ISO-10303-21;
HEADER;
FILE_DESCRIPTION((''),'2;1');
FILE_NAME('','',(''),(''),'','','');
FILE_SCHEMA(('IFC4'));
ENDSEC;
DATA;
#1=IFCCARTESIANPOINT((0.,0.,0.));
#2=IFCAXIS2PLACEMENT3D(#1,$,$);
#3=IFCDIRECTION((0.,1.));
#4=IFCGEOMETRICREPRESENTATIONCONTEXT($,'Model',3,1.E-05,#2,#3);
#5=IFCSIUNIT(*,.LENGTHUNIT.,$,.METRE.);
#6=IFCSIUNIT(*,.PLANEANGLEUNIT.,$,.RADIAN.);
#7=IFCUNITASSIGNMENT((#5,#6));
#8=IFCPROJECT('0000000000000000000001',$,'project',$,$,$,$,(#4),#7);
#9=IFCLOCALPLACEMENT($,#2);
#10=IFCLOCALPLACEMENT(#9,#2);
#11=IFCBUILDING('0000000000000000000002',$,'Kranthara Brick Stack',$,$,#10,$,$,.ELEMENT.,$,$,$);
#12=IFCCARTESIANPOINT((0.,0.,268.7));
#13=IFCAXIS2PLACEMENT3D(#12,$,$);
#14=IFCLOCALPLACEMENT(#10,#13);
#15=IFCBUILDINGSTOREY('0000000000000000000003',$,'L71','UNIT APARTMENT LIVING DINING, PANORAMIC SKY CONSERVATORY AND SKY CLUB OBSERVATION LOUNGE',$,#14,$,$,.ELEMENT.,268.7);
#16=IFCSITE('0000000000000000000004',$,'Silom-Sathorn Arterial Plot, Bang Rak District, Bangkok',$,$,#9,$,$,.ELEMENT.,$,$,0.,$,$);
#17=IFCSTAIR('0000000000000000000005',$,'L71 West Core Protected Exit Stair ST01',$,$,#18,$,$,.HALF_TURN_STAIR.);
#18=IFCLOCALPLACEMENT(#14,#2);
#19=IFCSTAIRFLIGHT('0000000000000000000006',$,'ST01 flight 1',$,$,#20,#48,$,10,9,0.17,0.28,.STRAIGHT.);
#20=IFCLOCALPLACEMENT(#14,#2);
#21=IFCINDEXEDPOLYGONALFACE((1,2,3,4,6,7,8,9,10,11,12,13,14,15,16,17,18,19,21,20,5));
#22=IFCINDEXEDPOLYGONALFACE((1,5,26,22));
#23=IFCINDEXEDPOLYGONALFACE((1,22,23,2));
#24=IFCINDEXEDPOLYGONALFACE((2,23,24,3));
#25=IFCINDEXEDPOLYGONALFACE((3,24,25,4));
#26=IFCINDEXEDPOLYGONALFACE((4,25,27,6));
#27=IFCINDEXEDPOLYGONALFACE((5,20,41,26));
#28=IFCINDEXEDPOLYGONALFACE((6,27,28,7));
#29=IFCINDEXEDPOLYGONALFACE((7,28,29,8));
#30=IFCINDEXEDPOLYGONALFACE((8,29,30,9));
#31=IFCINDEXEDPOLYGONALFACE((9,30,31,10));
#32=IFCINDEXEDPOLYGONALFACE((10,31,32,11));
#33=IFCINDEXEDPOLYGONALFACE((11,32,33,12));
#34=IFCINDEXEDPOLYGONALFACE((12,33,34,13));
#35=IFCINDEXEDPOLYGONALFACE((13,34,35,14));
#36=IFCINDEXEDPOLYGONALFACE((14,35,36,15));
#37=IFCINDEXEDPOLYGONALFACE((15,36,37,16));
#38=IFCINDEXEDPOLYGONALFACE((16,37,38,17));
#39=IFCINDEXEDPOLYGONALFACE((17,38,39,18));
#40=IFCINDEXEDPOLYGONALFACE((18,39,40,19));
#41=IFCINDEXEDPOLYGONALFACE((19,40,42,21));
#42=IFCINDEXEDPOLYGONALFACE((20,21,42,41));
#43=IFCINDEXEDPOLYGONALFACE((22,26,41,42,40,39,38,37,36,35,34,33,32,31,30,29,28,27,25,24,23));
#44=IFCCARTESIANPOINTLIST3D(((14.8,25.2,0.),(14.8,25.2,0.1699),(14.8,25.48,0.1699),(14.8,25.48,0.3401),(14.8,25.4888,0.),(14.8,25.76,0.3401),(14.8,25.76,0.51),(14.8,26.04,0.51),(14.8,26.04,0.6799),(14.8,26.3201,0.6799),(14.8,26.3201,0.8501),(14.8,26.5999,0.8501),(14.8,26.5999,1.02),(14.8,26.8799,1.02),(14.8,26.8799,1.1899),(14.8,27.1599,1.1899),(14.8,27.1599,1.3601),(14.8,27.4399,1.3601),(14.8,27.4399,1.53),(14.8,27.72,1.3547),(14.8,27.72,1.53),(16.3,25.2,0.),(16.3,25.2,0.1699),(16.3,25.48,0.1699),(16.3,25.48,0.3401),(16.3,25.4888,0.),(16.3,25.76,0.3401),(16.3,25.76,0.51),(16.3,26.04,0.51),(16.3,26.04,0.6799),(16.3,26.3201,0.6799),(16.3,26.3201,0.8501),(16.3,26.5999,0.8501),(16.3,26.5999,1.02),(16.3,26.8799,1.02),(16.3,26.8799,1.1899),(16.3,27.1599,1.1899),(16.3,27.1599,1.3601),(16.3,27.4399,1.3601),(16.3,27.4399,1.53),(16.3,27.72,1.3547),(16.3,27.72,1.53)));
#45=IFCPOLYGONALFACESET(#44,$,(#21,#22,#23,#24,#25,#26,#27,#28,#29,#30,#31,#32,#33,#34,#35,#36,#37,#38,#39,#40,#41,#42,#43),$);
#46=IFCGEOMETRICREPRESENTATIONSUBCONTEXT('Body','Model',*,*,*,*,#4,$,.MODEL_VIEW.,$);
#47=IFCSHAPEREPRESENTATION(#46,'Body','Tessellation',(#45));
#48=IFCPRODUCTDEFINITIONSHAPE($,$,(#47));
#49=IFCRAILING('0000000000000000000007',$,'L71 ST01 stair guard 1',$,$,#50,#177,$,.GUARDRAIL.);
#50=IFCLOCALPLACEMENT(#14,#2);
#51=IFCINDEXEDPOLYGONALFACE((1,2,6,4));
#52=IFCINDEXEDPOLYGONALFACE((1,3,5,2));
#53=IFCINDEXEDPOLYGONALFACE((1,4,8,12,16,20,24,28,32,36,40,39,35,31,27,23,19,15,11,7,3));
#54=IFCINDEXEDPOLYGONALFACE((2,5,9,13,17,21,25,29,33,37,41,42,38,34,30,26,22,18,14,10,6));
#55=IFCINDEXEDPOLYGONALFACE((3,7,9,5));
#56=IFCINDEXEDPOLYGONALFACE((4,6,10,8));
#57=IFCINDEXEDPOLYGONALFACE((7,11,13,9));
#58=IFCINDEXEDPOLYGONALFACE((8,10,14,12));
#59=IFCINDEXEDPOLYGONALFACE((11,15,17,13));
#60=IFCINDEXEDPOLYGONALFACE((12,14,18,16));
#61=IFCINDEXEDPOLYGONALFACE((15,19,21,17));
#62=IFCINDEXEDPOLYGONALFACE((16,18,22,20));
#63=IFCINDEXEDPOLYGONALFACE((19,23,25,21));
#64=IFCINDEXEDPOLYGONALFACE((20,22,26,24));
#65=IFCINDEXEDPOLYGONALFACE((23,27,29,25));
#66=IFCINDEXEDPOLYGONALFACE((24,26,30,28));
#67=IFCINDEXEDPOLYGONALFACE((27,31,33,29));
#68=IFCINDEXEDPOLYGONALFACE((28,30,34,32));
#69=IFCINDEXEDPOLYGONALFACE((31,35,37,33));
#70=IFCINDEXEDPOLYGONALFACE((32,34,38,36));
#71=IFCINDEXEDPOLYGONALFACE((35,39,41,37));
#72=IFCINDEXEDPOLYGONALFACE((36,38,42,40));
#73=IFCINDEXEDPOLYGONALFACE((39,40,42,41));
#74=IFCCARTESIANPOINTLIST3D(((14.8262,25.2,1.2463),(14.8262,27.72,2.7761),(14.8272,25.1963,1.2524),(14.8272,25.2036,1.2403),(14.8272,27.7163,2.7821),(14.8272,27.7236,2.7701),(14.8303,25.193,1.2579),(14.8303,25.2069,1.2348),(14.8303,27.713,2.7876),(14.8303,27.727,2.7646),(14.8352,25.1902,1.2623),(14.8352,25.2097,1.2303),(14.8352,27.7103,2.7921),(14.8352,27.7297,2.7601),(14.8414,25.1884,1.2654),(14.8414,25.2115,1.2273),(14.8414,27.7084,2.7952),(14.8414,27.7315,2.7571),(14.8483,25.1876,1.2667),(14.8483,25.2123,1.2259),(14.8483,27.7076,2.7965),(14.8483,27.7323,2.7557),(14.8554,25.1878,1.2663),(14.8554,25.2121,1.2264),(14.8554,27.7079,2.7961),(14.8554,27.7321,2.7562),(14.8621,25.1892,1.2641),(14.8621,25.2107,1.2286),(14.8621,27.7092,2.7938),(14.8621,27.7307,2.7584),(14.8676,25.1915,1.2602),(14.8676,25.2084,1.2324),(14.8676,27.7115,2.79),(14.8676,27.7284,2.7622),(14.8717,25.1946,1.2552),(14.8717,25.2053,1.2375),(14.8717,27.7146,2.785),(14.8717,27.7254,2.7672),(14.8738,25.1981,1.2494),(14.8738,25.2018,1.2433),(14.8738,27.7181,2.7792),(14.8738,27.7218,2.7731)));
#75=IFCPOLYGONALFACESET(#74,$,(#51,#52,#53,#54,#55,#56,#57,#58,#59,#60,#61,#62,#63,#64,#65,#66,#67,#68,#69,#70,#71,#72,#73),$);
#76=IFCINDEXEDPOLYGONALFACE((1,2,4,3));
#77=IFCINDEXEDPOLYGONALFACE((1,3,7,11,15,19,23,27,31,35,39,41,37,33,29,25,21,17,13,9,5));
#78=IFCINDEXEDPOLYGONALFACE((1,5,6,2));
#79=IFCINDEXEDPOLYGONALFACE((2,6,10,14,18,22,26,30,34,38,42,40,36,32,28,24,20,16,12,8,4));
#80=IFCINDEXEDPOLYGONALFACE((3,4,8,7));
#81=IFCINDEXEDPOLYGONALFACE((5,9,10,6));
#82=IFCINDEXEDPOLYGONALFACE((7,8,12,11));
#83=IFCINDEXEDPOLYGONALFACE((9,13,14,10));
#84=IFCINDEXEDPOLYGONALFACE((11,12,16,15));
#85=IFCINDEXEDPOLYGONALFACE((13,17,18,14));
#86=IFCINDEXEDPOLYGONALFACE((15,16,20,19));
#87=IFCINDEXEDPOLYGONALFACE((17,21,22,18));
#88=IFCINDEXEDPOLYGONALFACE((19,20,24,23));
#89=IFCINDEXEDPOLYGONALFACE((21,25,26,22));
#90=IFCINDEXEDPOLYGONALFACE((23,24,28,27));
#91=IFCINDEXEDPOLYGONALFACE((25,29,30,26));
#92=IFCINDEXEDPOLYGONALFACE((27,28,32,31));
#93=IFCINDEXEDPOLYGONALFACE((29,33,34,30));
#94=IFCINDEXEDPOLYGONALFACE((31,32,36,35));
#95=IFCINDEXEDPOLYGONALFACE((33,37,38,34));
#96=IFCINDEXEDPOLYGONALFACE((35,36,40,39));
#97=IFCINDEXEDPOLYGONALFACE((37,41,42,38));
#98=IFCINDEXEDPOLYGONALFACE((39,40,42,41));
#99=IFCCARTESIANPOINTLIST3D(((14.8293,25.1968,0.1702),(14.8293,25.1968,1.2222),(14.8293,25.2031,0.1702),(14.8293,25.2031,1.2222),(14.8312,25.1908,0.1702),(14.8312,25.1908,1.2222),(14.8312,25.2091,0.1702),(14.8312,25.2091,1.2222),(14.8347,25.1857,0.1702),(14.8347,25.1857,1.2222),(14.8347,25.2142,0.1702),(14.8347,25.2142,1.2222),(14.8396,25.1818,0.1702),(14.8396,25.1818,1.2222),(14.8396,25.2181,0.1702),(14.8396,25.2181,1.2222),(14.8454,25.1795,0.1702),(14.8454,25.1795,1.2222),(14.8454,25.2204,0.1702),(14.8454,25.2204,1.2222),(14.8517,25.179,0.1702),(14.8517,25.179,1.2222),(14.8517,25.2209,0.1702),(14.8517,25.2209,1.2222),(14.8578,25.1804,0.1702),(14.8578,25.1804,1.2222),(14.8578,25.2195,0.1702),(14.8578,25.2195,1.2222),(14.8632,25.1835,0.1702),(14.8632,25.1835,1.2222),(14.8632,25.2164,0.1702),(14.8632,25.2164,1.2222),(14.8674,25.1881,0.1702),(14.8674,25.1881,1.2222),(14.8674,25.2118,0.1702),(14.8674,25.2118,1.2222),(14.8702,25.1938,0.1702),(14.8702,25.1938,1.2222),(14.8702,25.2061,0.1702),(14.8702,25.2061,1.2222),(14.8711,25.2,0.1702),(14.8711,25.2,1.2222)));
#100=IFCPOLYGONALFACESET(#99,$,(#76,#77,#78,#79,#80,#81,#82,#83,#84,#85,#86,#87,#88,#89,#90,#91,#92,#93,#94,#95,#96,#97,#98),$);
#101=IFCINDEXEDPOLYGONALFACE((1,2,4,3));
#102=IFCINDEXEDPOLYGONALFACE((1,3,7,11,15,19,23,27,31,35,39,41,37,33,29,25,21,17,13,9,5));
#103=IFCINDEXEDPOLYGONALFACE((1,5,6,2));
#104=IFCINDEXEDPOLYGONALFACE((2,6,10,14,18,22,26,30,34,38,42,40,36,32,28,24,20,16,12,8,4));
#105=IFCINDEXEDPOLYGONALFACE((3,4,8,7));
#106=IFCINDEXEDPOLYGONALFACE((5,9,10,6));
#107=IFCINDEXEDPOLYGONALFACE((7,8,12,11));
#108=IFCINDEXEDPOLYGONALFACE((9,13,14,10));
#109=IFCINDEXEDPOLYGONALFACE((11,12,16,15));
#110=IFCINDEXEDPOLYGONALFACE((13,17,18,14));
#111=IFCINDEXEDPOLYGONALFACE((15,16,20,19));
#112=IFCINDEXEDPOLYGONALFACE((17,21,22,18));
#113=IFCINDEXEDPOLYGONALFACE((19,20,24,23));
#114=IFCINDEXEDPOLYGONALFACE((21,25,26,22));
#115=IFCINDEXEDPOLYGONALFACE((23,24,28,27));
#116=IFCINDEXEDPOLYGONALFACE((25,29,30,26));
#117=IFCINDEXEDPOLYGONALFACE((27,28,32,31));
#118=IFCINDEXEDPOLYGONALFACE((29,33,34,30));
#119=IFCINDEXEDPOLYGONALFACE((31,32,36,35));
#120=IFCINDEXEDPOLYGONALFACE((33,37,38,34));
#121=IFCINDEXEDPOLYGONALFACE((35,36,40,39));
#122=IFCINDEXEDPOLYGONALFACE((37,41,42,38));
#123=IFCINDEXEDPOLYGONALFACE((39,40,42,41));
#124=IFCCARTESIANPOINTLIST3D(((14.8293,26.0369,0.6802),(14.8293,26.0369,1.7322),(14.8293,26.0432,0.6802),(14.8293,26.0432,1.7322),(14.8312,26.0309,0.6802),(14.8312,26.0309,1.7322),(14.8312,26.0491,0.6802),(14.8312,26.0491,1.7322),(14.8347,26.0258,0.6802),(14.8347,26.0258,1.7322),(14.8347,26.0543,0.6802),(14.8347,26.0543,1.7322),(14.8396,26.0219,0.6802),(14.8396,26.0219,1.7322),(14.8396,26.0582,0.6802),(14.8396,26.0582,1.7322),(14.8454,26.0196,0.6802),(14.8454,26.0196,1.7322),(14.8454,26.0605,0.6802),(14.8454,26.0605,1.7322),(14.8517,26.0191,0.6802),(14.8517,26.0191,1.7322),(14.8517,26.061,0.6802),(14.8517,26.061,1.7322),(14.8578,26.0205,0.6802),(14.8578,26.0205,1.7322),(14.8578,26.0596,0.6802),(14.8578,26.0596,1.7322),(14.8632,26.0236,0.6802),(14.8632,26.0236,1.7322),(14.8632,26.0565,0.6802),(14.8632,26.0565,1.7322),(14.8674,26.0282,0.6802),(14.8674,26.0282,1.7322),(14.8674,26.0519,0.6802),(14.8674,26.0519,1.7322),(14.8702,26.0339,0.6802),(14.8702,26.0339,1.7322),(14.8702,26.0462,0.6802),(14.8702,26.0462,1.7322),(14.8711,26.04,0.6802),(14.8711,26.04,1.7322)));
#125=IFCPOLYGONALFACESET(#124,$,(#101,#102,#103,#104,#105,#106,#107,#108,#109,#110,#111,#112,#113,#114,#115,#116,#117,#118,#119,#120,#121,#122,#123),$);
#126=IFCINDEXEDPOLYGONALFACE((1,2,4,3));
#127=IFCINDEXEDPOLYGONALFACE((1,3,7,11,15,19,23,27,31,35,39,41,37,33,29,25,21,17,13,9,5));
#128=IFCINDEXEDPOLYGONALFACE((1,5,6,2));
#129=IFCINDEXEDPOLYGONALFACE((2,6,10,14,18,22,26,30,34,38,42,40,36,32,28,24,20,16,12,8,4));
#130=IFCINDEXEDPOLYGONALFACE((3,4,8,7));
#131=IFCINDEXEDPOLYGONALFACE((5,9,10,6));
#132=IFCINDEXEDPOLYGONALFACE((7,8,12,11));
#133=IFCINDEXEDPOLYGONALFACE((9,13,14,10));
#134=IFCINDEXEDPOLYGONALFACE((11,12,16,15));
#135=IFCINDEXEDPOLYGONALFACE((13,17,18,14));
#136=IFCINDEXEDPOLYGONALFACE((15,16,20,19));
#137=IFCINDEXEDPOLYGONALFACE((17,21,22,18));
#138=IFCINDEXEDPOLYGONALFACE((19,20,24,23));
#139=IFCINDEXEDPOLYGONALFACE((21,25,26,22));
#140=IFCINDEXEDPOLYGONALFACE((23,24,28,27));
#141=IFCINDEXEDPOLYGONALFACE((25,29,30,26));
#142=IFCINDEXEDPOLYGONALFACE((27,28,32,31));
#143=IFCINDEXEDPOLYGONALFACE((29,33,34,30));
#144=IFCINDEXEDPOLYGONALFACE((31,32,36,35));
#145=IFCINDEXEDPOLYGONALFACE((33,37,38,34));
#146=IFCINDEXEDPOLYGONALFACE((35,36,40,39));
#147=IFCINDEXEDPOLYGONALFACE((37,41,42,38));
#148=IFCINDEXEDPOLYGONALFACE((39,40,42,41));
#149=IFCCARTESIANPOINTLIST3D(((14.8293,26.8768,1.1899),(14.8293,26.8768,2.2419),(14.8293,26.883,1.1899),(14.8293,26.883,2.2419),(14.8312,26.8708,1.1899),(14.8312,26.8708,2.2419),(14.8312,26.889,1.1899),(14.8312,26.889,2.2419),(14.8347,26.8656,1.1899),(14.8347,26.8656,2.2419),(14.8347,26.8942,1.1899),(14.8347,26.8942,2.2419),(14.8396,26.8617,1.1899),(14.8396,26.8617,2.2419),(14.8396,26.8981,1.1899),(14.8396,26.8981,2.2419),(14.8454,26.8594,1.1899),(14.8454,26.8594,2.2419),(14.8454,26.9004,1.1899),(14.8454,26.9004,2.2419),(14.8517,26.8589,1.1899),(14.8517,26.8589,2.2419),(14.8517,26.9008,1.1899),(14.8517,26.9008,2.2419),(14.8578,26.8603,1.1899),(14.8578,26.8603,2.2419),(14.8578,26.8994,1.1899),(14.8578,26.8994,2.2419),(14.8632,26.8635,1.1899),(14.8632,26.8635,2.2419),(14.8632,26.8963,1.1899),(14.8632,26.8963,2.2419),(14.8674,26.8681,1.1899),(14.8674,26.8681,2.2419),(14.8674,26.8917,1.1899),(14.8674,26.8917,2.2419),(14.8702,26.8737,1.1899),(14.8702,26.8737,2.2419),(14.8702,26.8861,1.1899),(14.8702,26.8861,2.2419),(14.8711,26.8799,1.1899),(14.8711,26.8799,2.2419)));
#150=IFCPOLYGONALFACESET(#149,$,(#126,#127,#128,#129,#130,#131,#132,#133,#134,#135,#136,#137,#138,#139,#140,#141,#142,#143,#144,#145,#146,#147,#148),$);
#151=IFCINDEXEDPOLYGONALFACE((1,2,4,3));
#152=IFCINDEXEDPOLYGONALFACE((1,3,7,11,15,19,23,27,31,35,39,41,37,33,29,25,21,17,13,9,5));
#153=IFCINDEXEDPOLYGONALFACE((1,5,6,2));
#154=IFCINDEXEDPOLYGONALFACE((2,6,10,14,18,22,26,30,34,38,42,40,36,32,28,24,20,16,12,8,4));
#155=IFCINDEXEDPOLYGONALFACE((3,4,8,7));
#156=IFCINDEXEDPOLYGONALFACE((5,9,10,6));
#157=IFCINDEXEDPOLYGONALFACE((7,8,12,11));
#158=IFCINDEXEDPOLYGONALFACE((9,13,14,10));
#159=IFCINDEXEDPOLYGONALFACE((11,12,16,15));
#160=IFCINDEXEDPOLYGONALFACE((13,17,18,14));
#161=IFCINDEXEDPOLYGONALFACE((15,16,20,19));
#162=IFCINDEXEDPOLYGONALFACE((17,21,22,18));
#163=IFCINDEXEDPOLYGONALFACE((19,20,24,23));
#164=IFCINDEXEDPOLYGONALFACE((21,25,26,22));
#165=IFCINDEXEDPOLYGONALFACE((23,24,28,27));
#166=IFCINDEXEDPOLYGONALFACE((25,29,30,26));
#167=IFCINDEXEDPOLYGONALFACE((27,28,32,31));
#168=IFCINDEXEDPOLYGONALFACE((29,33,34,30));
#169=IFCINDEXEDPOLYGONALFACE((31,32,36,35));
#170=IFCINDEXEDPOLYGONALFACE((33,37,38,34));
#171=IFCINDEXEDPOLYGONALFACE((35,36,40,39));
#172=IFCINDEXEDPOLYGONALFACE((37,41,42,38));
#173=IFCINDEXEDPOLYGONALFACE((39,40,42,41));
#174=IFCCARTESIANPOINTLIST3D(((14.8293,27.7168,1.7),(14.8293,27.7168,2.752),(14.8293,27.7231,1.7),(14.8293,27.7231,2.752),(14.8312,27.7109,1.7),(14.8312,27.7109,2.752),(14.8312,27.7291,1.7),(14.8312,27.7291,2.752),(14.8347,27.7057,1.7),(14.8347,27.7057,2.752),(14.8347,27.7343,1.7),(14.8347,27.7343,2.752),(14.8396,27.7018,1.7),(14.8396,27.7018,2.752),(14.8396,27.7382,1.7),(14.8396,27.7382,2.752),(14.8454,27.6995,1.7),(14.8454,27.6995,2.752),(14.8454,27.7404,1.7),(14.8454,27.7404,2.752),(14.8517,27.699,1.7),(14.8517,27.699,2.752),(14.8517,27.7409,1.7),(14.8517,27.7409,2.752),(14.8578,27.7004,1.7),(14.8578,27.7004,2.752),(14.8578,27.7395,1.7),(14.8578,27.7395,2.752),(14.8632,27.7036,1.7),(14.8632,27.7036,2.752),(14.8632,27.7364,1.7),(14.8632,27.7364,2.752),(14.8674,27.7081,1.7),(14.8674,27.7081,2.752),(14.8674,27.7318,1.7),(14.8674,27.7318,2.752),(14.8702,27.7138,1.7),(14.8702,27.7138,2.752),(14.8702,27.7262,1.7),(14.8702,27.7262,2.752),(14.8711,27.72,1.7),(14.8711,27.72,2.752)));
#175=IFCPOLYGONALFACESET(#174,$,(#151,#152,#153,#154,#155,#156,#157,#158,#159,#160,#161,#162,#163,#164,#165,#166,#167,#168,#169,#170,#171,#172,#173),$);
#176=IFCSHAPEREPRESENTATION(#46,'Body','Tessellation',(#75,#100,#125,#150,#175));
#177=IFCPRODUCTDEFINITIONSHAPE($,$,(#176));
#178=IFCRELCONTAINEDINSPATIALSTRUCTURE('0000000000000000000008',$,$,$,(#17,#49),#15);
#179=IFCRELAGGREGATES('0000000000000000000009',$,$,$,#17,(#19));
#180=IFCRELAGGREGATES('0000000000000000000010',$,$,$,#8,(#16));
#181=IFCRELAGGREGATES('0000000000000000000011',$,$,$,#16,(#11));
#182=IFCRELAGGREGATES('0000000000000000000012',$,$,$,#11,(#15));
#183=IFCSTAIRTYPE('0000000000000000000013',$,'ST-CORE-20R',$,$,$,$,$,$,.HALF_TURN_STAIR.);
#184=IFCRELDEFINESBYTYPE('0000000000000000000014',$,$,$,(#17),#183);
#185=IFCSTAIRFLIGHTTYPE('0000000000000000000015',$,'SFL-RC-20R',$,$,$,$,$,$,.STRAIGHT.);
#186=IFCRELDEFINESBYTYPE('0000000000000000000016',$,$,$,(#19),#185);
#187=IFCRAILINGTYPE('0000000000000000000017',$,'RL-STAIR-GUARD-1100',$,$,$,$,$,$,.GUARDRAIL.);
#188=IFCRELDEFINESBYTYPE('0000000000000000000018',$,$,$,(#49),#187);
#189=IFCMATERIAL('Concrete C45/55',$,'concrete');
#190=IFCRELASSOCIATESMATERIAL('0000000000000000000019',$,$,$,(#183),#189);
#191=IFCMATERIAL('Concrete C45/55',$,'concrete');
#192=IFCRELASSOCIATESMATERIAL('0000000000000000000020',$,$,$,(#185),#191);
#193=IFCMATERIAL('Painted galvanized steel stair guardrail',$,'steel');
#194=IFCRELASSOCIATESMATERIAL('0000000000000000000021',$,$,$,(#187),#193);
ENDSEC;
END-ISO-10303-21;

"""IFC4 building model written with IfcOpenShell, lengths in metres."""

from ifc_helpers import new_model, si_unit, direction, frame, origin, origin_2d, place, context, subcontext, project, spatial, polyline, circle, outline, extrude, material, type_object, element, aggregate, save


model = new_model("IFC4")

# Units and contexts
model_context = context("Model", 3, precision=1e-05, world=origin(), true_north=direction((0.0, 1.0)))
body_context = subcontext(model_context, "Body", "Model", "MODEL_VIEW")
ifc_project = project(units=[si_unit("LENGTHUNIT", "METRE"), si_unit("PLANEANGLEUNIT", "RADIAN")], contexts=[model_context])

# Site, building, storey
site_placement = place(None, origin())
site = spatial("IfcSite", under=ifc_project, at=site_placement, Name="Silom-Sathorn Arterial Plot, Bang Rak District, Bangkok", CompositionType="ELEMENT", RefElevation=0.0)
building_placement = place(site_placement, origin())
building = spatial("IfcBuilding", under=site, at=building_placement, Name="Kranthara Brick Stack", CompositionType="ELEMENT")
storey_placement = place(building_placement, frame((0.0, 0.0, 268.7)))
storey = spatial("IfcBuildingStorey", under=building, at=storey_placement, Name="L71", Description="UNIT APARTMENT LIVING DINING, PANORAMIC SKY CONSERVATORY AND SKY CLUB OBSERVATION LOUNGE", CompositionType="ELEMENT", Elevation=268.7)

# Stair, stair flight
ifc_material_1 = material(Name="Concrete C45/55", Category="concrete")
stair_type = type_object("IfcStairType", Name="ST-CORE-20R", PredefinedType="HALF_TURN_STAIR", material=ifc_material_1)
stair_placement = place(storey_placement, origin())
stair = element("IfcStair", 1, at=stair_placement, inside=storey, type_object=stair_type, Name="L71 West Core Protected Exit Stair ST01", PredefinedType="HALF_TURN_STAIR")
ifc_material_2 = material(Name="Concrete C45/55", Category="concrete")
stair_flight_type = type_object("IfcStairFlightType", Name="SFL-RC-20R", PredefinedType="STRAIGHT", material=ifc_material_2)
stair_flight_placement = place(storey_placement, frame((15.55, 25.2, 0.0), z_axis=(0.0, 0.0, 1.0), x_axis=(0.0, 1.0, 0.0)))
stair_flight = element("IfcStairFlight", 2, at=stair_flight_placement, type_object=stair_flight_type, Name="ST01 flight 1", NumberOfRisers=10, NumberOfTreads=9, PredefinedType="STRAIGHT", RiserHeight=0.17, TreadLength=0.28, context=body_context, shape_type="SweptSolid", body=[
    extrude(outline(polyline([(0.0, 0.0), (0.0, 0.1699), (0.28, 0.1699), (0.28, 0.3401), (0.5601, 0.3401), (0.5601, 0.51), (0.8401, 0.51), (0.8401, 0.6799), (1.1201, 0.6799), (1.1201, 0.8501), (1.3999, 0.8501), (1.3999, 1.02), (1.6799, 1.02), (1.6799, 1.1899), (1.96, 1.1899), (1.96, 1.3601), (2.24, 1.3601), (2.24, 1.53), (2.52, 1.53), (2.52, 1.7), (2.52, 1.3547), (0.2888, 0.0), (0.0, 0.0)])), frame((0.0, 0.75, 0.0), z_axis=(0.0, -1.0, 0.0), x_axis=(1.0, 0.0, 0.0)), (0.0, 0.0, 1.0), 1.5),
])
aggregate(stair, [stair_flight])

# Railing
ifc_material_3 = material(Name="Painted galvanized steel stair guardrail", Category="steel")
railing_type_1 = type_object("IfcRailingType", Name="RL-STAIR-GUARD-1100", PredefinedType="GUARDRAIL", material=ifc_material_3)
railing_1_placement = place(storey_placement, frame((14.8501, 25.2, 0.1702)))
element("IfcRailing", 3, at=railing_1_placement, inside=storey, type_object=railing_type_1, Name="L71 ST01 stair guard 1", PredefinedType="GUARDRAIL", context=body_context, shape_type="SweptSolid", body=[
    extrude(circle(Radius=0.0239, at=origin_2d()), frame((0.0, 0.0, 1.0762), z_axis=(0.0, 0.854822, 0.518922), x_axis=(-1.0, 0.0, 0.0)), (0.0, 0.0, 1.0), 2.948),
    extrude(circle(Radius=0.021, at=origin_2d()), origin(), (0.0, 0.0, 1.0), 1.052),
    extrude(circle(Radius=0.021, at=origin_2d()), frame((0.0, 0.8401, 0.51)), (0.0, 0.0, 1.0), 1.052),
    extrude(circle(Radius=0.021, at=origin_2d()), frame((0.0, 1.6799, 1.0198)), (0.0, 0.0, 1.0), 1.052),
    extrude(circle(Radius=0.021, at=origin_2d()), frame((0.0, 2.52, 1.5298)), (0.0, 0.0, 1.0), 1.052),
])

save(model, "model.ifc")
